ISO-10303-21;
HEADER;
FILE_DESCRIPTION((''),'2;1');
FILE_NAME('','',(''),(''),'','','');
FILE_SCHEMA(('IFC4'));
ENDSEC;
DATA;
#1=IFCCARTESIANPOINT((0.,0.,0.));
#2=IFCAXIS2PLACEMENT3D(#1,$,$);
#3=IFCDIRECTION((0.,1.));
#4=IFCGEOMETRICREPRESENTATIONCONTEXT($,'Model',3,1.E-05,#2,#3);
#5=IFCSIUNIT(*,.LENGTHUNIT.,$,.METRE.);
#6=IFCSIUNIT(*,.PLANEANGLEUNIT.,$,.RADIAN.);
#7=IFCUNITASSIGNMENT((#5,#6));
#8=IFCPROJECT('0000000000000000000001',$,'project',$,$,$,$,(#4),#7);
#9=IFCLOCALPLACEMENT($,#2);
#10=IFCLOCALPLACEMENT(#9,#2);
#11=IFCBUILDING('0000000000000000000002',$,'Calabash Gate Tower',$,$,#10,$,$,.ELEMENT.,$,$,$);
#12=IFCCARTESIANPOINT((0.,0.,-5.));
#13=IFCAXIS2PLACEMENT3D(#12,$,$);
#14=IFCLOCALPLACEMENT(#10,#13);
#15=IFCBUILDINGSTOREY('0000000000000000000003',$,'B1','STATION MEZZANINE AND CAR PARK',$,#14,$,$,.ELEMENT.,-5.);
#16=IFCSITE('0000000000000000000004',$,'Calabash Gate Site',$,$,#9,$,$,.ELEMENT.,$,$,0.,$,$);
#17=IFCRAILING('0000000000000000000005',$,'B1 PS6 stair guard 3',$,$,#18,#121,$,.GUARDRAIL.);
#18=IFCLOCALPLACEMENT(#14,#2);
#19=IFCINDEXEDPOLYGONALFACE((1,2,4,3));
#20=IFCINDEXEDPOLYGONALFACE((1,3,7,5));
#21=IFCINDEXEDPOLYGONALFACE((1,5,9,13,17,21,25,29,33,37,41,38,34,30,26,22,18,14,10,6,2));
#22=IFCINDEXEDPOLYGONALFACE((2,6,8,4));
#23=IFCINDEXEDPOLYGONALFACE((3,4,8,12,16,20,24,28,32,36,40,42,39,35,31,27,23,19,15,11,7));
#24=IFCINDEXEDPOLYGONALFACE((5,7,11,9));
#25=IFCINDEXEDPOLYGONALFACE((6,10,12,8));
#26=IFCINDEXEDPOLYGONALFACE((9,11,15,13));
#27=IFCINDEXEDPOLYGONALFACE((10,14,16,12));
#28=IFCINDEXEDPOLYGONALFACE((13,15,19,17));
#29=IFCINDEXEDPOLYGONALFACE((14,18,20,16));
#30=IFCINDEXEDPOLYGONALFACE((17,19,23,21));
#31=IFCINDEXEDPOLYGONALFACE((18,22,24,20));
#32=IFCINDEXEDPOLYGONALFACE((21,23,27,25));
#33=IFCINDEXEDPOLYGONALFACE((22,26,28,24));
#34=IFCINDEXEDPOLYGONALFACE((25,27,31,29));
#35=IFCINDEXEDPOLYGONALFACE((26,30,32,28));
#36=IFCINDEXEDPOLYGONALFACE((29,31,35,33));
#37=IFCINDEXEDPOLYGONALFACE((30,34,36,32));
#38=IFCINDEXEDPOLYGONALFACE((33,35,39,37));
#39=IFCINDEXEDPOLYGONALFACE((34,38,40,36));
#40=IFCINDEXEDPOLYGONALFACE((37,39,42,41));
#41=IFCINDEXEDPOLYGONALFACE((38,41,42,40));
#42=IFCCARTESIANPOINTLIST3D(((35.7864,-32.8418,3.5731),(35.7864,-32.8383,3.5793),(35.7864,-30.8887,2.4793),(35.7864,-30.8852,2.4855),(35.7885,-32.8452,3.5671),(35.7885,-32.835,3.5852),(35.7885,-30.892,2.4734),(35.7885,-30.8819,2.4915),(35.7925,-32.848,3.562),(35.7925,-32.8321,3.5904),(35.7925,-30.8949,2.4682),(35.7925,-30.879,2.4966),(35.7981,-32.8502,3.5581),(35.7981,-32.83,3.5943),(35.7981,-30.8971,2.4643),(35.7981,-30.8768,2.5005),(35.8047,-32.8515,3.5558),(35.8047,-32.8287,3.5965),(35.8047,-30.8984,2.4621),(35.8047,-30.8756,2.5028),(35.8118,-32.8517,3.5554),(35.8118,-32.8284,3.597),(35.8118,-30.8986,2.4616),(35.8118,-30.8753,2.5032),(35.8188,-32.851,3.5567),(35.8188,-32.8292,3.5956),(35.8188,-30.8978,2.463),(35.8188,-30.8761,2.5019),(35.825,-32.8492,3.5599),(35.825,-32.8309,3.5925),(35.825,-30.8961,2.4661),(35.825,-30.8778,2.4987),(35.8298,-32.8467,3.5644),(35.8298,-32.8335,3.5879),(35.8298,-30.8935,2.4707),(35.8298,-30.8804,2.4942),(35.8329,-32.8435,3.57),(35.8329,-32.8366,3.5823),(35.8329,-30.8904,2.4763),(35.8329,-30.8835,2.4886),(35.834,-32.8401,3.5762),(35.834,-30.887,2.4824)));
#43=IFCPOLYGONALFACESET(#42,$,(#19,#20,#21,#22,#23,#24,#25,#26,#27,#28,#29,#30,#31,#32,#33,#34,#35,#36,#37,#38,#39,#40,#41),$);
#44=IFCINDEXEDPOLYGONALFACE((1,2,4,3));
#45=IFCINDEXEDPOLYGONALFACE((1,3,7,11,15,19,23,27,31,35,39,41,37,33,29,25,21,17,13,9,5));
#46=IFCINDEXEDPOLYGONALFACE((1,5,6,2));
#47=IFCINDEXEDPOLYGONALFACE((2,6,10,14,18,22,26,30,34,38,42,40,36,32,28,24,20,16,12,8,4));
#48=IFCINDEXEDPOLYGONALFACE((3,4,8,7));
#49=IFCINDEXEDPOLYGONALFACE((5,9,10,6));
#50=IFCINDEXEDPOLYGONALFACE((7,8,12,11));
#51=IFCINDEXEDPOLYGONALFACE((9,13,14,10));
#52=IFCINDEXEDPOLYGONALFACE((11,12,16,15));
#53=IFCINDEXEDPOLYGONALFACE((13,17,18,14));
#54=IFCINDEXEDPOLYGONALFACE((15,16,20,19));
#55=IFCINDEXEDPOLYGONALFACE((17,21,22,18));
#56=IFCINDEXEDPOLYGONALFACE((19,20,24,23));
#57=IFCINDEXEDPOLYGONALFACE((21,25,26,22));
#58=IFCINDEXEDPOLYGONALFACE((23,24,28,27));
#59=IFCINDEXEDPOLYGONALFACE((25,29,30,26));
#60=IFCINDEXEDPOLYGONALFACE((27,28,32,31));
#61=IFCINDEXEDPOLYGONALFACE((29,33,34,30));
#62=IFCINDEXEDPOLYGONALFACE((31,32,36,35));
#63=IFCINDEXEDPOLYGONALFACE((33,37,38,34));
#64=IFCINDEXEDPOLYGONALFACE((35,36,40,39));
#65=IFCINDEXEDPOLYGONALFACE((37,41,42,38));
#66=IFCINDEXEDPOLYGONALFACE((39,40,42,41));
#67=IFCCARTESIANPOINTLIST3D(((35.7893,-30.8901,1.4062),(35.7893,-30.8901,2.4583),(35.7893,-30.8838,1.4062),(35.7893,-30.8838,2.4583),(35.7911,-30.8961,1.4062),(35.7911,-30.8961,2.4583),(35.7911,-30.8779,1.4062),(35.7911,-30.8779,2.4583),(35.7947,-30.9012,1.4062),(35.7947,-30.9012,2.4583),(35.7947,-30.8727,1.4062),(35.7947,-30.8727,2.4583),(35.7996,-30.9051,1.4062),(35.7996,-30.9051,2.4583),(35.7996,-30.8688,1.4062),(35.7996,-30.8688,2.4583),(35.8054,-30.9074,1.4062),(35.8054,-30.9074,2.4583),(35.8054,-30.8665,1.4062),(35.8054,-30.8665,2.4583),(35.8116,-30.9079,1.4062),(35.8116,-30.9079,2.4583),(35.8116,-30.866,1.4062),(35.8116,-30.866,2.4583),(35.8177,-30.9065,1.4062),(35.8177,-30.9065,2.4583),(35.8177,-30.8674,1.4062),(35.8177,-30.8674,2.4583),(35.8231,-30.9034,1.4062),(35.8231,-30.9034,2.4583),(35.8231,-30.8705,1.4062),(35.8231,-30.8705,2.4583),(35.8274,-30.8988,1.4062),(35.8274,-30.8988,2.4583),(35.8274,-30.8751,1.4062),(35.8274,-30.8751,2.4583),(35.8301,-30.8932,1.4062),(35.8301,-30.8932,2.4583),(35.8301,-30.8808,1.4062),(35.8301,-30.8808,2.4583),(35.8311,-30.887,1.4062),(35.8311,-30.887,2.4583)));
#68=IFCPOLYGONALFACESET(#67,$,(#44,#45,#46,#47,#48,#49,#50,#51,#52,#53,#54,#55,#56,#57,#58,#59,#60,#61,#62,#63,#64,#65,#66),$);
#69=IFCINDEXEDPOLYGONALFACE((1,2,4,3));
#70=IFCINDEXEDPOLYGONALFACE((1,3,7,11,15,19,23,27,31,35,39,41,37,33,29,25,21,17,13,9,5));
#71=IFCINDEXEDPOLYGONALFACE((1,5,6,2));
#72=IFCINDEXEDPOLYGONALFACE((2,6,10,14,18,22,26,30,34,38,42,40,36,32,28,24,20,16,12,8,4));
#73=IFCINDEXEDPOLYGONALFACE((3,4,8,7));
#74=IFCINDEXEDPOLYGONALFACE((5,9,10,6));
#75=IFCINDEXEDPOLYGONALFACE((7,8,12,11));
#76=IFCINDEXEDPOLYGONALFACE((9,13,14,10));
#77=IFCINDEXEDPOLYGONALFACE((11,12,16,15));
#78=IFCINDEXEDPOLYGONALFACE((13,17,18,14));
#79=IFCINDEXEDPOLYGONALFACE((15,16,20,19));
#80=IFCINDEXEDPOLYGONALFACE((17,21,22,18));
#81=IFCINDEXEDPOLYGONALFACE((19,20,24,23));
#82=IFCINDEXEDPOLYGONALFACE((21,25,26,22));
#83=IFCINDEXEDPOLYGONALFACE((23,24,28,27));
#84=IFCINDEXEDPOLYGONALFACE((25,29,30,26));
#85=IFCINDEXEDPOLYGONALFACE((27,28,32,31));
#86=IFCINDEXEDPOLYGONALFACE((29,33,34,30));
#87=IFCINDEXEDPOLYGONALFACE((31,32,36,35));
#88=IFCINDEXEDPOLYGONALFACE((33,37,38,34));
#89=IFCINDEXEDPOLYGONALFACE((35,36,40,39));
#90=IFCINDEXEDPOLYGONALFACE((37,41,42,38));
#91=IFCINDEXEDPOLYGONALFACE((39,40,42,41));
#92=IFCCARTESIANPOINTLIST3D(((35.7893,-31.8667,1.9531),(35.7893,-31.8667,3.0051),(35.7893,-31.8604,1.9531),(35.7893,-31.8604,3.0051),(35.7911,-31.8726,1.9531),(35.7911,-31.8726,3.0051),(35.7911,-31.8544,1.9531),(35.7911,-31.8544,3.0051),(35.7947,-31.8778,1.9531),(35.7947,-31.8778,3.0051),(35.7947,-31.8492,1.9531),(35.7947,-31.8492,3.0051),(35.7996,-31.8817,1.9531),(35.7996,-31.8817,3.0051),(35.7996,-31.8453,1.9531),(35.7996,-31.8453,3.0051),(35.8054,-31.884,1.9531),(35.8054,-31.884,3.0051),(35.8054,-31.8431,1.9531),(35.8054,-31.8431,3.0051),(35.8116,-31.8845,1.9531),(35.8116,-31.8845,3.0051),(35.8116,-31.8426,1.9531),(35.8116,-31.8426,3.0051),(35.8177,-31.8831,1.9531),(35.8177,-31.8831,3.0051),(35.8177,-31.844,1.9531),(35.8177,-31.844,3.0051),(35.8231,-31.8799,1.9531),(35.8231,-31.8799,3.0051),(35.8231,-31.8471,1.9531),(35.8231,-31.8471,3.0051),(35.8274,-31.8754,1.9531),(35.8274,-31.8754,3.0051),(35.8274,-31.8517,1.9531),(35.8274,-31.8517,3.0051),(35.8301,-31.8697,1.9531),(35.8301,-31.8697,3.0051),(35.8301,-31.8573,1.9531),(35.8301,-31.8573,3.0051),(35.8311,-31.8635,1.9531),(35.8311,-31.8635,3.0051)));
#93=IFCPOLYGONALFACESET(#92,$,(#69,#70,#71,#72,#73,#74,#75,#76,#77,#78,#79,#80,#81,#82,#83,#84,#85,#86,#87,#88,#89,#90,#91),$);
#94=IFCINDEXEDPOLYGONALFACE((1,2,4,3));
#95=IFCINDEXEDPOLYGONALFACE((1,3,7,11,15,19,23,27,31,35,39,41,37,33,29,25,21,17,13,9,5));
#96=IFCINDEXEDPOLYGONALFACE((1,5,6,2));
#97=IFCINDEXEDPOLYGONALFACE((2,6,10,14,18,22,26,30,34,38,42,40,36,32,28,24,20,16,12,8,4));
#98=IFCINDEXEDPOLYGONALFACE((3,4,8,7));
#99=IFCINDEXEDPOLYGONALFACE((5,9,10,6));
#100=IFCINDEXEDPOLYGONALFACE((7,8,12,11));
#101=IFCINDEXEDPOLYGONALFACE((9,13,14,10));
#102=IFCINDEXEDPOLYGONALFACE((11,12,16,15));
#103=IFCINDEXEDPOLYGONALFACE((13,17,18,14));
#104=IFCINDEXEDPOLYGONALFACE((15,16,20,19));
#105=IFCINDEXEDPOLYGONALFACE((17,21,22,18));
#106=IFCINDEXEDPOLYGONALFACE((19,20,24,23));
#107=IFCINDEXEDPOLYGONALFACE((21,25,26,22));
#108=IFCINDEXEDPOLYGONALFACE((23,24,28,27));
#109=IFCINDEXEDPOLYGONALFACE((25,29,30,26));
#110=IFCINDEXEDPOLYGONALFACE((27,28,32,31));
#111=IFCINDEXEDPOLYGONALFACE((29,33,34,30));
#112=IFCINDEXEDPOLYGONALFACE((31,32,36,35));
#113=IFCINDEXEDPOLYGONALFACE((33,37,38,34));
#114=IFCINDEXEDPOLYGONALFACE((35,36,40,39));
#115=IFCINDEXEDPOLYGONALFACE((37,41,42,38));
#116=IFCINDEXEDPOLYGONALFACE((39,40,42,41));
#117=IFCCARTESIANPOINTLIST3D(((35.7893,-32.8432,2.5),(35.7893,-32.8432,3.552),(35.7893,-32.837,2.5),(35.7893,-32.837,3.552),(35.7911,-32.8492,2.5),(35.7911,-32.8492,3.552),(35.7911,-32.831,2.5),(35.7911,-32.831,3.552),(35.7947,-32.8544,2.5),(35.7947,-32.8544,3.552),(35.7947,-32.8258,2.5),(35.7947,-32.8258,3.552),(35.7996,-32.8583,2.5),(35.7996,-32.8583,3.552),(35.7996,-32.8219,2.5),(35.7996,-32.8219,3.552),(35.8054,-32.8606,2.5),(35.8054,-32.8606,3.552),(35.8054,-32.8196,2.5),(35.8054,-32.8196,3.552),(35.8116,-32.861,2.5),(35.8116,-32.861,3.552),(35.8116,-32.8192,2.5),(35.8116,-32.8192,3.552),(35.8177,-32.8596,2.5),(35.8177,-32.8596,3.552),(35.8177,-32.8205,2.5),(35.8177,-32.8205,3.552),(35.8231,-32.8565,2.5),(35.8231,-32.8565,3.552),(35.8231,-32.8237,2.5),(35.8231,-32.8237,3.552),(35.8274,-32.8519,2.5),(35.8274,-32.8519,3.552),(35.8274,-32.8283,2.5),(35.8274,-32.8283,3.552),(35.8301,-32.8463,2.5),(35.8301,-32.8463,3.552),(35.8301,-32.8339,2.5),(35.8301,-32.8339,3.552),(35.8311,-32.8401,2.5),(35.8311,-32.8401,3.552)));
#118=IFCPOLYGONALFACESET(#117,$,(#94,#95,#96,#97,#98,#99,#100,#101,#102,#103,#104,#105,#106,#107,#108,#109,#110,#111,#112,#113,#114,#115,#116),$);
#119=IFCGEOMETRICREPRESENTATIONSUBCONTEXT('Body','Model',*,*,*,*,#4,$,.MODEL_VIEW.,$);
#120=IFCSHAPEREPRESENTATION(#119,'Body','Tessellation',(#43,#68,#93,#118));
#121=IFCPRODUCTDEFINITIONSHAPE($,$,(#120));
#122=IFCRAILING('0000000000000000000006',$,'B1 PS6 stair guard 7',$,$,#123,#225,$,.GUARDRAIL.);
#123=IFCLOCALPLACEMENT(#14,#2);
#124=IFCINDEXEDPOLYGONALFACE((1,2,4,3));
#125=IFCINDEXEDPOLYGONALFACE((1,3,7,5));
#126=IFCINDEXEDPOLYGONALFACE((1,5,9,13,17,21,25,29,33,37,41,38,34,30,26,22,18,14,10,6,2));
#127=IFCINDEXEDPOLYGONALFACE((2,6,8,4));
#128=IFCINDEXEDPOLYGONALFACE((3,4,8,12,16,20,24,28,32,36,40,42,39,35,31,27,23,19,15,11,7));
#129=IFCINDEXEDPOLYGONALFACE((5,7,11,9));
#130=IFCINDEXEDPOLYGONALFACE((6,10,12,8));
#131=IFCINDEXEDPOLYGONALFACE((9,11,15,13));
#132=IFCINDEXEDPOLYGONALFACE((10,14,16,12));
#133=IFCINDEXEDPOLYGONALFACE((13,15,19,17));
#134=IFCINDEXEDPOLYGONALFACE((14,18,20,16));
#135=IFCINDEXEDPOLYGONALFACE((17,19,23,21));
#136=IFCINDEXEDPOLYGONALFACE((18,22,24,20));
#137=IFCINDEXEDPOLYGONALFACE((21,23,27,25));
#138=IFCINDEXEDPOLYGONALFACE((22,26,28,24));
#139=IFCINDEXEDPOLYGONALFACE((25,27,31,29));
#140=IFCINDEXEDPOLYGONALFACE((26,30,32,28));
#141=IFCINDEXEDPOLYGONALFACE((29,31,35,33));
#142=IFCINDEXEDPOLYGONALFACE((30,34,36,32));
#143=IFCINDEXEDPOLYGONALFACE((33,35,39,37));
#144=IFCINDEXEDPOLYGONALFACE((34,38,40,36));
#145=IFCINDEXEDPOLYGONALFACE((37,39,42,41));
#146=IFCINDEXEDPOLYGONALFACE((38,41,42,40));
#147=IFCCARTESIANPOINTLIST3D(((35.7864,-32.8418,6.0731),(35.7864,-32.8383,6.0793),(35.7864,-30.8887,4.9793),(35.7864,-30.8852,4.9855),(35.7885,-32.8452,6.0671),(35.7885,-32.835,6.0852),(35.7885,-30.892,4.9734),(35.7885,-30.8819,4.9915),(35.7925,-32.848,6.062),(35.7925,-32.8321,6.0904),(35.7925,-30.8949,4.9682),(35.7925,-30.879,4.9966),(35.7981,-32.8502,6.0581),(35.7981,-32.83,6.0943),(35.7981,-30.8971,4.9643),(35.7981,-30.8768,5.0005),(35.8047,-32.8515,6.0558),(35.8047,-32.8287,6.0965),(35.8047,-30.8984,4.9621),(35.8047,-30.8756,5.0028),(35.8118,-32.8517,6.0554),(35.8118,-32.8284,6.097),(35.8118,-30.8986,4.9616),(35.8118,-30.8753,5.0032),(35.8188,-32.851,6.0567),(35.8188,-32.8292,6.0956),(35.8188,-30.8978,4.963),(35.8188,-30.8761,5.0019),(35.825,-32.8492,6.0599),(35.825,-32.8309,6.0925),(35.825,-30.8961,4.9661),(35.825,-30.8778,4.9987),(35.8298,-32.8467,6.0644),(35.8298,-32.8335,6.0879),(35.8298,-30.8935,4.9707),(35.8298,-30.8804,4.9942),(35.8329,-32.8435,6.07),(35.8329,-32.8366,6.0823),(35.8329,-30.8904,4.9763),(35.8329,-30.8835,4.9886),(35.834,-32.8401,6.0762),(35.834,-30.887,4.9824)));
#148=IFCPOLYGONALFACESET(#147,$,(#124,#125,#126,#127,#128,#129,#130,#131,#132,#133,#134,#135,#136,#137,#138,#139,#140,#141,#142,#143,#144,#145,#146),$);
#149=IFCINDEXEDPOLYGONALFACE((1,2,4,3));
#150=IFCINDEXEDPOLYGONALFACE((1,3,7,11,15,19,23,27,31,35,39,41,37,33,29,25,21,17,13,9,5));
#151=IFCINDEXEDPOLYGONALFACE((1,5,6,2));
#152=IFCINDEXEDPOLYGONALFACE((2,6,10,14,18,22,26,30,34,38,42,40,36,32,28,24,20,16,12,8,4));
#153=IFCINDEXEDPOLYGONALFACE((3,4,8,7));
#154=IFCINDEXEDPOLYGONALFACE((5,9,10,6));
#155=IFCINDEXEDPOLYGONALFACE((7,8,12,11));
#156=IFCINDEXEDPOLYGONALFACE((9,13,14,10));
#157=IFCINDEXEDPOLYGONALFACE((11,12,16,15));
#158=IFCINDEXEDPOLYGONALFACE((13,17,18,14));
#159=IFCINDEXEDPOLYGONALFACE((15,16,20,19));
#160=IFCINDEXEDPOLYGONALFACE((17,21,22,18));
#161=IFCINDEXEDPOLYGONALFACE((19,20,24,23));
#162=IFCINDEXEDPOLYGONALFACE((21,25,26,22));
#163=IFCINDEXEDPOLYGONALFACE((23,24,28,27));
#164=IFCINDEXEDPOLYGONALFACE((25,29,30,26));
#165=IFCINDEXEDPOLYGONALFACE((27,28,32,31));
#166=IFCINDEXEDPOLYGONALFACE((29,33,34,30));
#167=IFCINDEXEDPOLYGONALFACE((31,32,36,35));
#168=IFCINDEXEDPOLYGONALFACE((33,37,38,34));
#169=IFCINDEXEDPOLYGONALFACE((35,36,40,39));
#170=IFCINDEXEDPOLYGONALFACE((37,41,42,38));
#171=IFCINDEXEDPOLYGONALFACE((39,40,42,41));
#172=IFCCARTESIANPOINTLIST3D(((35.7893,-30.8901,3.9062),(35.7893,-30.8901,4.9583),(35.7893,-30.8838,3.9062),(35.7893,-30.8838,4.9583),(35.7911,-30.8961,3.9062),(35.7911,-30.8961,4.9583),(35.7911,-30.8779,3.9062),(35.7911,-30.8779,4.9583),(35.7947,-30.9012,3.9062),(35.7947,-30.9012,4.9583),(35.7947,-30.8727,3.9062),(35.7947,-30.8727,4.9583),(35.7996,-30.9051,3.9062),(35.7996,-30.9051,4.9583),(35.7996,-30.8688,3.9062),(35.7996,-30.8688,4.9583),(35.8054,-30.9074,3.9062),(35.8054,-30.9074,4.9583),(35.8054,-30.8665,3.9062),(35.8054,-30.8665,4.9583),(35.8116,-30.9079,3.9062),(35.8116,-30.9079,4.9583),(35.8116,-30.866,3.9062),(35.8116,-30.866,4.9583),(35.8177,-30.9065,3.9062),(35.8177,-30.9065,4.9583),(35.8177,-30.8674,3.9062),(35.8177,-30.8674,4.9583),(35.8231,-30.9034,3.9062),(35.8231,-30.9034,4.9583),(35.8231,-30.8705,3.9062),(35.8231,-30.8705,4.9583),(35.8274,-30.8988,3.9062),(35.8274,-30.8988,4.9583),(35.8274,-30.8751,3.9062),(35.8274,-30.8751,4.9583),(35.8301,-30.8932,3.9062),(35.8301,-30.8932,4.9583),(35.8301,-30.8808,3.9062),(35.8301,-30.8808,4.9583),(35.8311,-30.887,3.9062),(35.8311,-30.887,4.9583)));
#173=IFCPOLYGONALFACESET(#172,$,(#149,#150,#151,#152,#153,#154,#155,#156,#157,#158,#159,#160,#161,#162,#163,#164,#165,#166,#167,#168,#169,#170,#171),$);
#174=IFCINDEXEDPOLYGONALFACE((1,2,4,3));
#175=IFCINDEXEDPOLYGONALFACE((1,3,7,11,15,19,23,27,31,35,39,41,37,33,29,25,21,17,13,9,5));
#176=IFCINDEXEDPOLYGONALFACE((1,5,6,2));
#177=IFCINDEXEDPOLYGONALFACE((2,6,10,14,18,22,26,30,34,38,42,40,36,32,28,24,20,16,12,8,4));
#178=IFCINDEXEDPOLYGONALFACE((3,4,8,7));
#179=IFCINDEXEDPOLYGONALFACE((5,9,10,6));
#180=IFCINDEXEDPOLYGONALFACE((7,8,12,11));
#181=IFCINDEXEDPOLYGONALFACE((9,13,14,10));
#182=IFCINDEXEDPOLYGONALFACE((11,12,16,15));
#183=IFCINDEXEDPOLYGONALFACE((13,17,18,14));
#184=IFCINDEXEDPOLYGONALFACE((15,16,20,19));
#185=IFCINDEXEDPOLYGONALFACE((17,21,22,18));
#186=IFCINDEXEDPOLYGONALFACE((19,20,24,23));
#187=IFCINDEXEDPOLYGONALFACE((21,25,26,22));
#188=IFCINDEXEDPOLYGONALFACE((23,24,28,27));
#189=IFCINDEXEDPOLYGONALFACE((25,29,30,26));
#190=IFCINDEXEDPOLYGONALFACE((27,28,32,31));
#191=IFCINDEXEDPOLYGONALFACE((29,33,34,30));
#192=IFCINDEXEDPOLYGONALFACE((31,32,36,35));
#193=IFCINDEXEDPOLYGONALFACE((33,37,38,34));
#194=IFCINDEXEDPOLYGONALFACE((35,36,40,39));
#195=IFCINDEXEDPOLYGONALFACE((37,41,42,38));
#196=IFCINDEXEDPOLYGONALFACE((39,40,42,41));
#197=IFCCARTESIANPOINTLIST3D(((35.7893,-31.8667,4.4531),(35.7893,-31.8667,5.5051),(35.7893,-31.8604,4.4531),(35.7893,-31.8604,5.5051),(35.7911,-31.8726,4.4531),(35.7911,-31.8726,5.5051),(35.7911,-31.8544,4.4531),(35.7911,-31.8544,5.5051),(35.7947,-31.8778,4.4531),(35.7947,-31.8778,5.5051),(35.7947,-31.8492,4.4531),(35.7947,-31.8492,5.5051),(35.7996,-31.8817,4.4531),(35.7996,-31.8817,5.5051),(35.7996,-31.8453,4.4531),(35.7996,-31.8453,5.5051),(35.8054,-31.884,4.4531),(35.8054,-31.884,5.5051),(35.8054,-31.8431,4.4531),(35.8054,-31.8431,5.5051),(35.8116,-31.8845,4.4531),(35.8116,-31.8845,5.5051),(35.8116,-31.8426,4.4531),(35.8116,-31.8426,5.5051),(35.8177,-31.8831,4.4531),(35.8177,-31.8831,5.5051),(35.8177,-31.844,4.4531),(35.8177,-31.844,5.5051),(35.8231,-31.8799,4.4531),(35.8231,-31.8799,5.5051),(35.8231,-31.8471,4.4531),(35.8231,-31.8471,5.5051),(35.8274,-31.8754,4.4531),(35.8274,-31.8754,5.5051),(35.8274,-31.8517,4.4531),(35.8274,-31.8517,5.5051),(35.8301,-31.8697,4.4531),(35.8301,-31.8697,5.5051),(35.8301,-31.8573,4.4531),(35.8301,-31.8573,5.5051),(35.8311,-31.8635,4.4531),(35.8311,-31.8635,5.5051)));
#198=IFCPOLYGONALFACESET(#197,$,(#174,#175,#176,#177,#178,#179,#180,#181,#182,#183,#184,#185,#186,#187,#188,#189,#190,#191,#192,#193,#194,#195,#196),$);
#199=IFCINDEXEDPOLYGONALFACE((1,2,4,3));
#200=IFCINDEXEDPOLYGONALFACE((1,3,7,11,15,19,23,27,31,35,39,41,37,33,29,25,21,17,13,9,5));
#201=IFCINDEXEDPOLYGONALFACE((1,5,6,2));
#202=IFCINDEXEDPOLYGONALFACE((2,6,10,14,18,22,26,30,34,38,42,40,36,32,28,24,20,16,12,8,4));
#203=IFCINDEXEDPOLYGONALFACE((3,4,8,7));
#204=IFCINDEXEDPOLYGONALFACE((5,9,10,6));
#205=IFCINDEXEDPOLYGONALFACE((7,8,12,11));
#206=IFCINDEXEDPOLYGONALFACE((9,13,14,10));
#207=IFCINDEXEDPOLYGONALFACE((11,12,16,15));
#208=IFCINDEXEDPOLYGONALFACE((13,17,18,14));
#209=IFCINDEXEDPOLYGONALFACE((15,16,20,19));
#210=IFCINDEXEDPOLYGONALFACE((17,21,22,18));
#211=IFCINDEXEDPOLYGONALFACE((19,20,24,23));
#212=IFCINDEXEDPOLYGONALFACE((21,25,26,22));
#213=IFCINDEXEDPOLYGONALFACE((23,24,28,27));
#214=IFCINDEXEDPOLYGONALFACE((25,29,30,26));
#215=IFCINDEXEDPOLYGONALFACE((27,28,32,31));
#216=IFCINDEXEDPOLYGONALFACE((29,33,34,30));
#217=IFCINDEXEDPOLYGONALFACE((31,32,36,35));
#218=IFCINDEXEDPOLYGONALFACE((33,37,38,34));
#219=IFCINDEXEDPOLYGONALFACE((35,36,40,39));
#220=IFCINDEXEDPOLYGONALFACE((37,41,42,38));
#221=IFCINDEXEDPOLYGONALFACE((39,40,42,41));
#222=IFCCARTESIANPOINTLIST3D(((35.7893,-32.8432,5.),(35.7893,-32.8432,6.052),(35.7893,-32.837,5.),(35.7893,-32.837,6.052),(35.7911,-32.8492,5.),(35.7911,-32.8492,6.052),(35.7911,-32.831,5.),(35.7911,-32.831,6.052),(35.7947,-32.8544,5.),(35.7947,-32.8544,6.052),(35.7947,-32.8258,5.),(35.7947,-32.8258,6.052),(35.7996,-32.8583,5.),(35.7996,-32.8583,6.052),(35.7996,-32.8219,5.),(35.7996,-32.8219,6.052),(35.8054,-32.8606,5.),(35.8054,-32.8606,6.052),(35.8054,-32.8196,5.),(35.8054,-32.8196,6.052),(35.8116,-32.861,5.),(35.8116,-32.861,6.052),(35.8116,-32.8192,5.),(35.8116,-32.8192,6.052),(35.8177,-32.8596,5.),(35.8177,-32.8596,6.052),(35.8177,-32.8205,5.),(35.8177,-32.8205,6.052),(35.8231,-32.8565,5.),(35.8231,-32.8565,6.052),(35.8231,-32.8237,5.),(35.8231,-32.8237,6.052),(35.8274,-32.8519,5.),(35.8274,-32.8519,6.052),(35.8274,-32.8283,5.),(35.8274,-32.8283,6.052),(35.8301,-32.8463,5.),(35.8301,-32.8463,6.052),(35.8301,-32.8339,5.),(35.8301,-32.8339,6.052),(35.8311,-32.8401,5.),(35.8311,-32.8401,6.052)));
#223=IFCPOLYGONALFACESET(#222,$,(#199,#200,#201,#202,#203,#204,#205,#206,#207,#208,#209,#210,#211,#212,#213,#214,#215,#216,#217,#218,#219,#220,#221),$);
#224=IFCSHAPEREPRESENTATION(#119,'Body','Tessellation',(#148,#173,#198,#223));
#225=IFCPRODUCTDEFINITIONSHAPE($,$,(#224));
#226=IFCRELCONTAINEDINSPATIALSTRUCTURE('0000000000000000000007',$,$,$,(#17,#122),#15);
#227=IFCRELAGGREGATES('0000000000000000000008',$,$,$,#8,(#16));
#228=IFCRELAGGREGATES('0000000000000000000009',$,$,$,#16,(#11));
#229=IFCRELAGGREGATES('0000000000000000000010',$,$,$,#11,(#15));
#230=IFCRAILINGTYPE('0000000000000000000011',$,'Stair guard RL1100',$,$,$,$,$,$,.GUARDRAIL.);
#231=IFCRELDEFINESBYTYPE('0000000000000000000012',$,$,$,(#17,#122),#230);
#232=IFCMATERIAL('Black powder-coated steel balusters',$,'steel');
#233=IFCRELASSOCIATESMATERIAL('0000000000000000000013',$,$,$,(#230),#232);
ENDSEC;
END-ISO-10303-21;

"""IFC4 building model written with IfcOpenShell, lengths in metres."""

from ifc_helpers import new_model, si_unit, direction, frame, origin, origin_2d, place, context, subcontext, project, spatial, circle, extrude, material, type_object, element, save


model = new_model("IFC4")

# Units and contexts
model_context = context("Model", 3, precision=1e-05, world=origin(), true_north=direction((0.0, 1.0)))
body_context = subcontext(model_context, "Body", "Model", "MODEL_VIEW")
ifc_project = project(units=[si_unit("LENGTHUNIT", "METRE"), si_unit("PLANEANGLEUNIT", "RADIAN")], contexts=[model_context])

# Site, building, storey
site_placement = place(None, origin())
site = spatial("IfcSite", under=ifc_project, at=site_placement, Name="Calabash Gate Site", CompositionType="ELEMENT", RefElevation=0.0)
building_placement = place(site_placement, origin())
building = spatial("IfcBuilding", under=site, at=building_placement, Name="Calabash Gate Tower", CompositionType="ELEMENT")
storey_placement = place(building_placement, frame((0.0, 0.0, -5.0)))
storey = spatial("IfcBuildingStorey", under=building, at=storey_placement, Name="B1", Description="STATION MEZZANINE AND CAR PARK", CompositionType="ELEMENT", Elevation=-5.0)

# Railings
ifc_material_1 = material(Name="Black powder-coated steel balusters", Category="steel")
railing_type_1 = type_object("IfcRailingType", Name="Stair guard RL1100", PredefinedType="GUARDRAIL", material=ifc_material_1)
for number, where, name in (
    (1, (35.8101, -30.887, 1.4062), "B1 PS6 stair guard 3"),
    (2, (35.8101, -30.887, 3.9062), "B1 PS6 stair guard 7"),
):
    element("IfcRailing", number, at=place(storey_placement, frame(where)), inside=storey, type_object=railing_type_1, Name=name, PredefinedType="GUARDRAIL", context=body_context, shape_type="SweptSolid", body=[
        extrude(circle(Radius=0.0239, at=origin_2d()), frame((0.0, 0.0, 1.0762), z_axis=(0.0, -0.872506, 0.488603), x_axis=(1.0, 0.0, 0.0)), (0.0, 0.0, 1.0), 2.2385),
        extrude(circle(Radius=0.021, at=origin_2d()), origin(), (0.0, 0.0, 1.0), 1.052),
        extrude(circle(Radius=0.021, at=origin_2d()), frame((0.0, -0.9766, 0.5469)), (0.0, 0.0, 1.0), 1.052),
        extrude(circle(Radius=0.021, at=origin_2d()), frame((0.0, -1.9531, 1.0938)), (0.0, 0.0, 1.0), 1.052),
    ])

save(model, "model.ifc")
